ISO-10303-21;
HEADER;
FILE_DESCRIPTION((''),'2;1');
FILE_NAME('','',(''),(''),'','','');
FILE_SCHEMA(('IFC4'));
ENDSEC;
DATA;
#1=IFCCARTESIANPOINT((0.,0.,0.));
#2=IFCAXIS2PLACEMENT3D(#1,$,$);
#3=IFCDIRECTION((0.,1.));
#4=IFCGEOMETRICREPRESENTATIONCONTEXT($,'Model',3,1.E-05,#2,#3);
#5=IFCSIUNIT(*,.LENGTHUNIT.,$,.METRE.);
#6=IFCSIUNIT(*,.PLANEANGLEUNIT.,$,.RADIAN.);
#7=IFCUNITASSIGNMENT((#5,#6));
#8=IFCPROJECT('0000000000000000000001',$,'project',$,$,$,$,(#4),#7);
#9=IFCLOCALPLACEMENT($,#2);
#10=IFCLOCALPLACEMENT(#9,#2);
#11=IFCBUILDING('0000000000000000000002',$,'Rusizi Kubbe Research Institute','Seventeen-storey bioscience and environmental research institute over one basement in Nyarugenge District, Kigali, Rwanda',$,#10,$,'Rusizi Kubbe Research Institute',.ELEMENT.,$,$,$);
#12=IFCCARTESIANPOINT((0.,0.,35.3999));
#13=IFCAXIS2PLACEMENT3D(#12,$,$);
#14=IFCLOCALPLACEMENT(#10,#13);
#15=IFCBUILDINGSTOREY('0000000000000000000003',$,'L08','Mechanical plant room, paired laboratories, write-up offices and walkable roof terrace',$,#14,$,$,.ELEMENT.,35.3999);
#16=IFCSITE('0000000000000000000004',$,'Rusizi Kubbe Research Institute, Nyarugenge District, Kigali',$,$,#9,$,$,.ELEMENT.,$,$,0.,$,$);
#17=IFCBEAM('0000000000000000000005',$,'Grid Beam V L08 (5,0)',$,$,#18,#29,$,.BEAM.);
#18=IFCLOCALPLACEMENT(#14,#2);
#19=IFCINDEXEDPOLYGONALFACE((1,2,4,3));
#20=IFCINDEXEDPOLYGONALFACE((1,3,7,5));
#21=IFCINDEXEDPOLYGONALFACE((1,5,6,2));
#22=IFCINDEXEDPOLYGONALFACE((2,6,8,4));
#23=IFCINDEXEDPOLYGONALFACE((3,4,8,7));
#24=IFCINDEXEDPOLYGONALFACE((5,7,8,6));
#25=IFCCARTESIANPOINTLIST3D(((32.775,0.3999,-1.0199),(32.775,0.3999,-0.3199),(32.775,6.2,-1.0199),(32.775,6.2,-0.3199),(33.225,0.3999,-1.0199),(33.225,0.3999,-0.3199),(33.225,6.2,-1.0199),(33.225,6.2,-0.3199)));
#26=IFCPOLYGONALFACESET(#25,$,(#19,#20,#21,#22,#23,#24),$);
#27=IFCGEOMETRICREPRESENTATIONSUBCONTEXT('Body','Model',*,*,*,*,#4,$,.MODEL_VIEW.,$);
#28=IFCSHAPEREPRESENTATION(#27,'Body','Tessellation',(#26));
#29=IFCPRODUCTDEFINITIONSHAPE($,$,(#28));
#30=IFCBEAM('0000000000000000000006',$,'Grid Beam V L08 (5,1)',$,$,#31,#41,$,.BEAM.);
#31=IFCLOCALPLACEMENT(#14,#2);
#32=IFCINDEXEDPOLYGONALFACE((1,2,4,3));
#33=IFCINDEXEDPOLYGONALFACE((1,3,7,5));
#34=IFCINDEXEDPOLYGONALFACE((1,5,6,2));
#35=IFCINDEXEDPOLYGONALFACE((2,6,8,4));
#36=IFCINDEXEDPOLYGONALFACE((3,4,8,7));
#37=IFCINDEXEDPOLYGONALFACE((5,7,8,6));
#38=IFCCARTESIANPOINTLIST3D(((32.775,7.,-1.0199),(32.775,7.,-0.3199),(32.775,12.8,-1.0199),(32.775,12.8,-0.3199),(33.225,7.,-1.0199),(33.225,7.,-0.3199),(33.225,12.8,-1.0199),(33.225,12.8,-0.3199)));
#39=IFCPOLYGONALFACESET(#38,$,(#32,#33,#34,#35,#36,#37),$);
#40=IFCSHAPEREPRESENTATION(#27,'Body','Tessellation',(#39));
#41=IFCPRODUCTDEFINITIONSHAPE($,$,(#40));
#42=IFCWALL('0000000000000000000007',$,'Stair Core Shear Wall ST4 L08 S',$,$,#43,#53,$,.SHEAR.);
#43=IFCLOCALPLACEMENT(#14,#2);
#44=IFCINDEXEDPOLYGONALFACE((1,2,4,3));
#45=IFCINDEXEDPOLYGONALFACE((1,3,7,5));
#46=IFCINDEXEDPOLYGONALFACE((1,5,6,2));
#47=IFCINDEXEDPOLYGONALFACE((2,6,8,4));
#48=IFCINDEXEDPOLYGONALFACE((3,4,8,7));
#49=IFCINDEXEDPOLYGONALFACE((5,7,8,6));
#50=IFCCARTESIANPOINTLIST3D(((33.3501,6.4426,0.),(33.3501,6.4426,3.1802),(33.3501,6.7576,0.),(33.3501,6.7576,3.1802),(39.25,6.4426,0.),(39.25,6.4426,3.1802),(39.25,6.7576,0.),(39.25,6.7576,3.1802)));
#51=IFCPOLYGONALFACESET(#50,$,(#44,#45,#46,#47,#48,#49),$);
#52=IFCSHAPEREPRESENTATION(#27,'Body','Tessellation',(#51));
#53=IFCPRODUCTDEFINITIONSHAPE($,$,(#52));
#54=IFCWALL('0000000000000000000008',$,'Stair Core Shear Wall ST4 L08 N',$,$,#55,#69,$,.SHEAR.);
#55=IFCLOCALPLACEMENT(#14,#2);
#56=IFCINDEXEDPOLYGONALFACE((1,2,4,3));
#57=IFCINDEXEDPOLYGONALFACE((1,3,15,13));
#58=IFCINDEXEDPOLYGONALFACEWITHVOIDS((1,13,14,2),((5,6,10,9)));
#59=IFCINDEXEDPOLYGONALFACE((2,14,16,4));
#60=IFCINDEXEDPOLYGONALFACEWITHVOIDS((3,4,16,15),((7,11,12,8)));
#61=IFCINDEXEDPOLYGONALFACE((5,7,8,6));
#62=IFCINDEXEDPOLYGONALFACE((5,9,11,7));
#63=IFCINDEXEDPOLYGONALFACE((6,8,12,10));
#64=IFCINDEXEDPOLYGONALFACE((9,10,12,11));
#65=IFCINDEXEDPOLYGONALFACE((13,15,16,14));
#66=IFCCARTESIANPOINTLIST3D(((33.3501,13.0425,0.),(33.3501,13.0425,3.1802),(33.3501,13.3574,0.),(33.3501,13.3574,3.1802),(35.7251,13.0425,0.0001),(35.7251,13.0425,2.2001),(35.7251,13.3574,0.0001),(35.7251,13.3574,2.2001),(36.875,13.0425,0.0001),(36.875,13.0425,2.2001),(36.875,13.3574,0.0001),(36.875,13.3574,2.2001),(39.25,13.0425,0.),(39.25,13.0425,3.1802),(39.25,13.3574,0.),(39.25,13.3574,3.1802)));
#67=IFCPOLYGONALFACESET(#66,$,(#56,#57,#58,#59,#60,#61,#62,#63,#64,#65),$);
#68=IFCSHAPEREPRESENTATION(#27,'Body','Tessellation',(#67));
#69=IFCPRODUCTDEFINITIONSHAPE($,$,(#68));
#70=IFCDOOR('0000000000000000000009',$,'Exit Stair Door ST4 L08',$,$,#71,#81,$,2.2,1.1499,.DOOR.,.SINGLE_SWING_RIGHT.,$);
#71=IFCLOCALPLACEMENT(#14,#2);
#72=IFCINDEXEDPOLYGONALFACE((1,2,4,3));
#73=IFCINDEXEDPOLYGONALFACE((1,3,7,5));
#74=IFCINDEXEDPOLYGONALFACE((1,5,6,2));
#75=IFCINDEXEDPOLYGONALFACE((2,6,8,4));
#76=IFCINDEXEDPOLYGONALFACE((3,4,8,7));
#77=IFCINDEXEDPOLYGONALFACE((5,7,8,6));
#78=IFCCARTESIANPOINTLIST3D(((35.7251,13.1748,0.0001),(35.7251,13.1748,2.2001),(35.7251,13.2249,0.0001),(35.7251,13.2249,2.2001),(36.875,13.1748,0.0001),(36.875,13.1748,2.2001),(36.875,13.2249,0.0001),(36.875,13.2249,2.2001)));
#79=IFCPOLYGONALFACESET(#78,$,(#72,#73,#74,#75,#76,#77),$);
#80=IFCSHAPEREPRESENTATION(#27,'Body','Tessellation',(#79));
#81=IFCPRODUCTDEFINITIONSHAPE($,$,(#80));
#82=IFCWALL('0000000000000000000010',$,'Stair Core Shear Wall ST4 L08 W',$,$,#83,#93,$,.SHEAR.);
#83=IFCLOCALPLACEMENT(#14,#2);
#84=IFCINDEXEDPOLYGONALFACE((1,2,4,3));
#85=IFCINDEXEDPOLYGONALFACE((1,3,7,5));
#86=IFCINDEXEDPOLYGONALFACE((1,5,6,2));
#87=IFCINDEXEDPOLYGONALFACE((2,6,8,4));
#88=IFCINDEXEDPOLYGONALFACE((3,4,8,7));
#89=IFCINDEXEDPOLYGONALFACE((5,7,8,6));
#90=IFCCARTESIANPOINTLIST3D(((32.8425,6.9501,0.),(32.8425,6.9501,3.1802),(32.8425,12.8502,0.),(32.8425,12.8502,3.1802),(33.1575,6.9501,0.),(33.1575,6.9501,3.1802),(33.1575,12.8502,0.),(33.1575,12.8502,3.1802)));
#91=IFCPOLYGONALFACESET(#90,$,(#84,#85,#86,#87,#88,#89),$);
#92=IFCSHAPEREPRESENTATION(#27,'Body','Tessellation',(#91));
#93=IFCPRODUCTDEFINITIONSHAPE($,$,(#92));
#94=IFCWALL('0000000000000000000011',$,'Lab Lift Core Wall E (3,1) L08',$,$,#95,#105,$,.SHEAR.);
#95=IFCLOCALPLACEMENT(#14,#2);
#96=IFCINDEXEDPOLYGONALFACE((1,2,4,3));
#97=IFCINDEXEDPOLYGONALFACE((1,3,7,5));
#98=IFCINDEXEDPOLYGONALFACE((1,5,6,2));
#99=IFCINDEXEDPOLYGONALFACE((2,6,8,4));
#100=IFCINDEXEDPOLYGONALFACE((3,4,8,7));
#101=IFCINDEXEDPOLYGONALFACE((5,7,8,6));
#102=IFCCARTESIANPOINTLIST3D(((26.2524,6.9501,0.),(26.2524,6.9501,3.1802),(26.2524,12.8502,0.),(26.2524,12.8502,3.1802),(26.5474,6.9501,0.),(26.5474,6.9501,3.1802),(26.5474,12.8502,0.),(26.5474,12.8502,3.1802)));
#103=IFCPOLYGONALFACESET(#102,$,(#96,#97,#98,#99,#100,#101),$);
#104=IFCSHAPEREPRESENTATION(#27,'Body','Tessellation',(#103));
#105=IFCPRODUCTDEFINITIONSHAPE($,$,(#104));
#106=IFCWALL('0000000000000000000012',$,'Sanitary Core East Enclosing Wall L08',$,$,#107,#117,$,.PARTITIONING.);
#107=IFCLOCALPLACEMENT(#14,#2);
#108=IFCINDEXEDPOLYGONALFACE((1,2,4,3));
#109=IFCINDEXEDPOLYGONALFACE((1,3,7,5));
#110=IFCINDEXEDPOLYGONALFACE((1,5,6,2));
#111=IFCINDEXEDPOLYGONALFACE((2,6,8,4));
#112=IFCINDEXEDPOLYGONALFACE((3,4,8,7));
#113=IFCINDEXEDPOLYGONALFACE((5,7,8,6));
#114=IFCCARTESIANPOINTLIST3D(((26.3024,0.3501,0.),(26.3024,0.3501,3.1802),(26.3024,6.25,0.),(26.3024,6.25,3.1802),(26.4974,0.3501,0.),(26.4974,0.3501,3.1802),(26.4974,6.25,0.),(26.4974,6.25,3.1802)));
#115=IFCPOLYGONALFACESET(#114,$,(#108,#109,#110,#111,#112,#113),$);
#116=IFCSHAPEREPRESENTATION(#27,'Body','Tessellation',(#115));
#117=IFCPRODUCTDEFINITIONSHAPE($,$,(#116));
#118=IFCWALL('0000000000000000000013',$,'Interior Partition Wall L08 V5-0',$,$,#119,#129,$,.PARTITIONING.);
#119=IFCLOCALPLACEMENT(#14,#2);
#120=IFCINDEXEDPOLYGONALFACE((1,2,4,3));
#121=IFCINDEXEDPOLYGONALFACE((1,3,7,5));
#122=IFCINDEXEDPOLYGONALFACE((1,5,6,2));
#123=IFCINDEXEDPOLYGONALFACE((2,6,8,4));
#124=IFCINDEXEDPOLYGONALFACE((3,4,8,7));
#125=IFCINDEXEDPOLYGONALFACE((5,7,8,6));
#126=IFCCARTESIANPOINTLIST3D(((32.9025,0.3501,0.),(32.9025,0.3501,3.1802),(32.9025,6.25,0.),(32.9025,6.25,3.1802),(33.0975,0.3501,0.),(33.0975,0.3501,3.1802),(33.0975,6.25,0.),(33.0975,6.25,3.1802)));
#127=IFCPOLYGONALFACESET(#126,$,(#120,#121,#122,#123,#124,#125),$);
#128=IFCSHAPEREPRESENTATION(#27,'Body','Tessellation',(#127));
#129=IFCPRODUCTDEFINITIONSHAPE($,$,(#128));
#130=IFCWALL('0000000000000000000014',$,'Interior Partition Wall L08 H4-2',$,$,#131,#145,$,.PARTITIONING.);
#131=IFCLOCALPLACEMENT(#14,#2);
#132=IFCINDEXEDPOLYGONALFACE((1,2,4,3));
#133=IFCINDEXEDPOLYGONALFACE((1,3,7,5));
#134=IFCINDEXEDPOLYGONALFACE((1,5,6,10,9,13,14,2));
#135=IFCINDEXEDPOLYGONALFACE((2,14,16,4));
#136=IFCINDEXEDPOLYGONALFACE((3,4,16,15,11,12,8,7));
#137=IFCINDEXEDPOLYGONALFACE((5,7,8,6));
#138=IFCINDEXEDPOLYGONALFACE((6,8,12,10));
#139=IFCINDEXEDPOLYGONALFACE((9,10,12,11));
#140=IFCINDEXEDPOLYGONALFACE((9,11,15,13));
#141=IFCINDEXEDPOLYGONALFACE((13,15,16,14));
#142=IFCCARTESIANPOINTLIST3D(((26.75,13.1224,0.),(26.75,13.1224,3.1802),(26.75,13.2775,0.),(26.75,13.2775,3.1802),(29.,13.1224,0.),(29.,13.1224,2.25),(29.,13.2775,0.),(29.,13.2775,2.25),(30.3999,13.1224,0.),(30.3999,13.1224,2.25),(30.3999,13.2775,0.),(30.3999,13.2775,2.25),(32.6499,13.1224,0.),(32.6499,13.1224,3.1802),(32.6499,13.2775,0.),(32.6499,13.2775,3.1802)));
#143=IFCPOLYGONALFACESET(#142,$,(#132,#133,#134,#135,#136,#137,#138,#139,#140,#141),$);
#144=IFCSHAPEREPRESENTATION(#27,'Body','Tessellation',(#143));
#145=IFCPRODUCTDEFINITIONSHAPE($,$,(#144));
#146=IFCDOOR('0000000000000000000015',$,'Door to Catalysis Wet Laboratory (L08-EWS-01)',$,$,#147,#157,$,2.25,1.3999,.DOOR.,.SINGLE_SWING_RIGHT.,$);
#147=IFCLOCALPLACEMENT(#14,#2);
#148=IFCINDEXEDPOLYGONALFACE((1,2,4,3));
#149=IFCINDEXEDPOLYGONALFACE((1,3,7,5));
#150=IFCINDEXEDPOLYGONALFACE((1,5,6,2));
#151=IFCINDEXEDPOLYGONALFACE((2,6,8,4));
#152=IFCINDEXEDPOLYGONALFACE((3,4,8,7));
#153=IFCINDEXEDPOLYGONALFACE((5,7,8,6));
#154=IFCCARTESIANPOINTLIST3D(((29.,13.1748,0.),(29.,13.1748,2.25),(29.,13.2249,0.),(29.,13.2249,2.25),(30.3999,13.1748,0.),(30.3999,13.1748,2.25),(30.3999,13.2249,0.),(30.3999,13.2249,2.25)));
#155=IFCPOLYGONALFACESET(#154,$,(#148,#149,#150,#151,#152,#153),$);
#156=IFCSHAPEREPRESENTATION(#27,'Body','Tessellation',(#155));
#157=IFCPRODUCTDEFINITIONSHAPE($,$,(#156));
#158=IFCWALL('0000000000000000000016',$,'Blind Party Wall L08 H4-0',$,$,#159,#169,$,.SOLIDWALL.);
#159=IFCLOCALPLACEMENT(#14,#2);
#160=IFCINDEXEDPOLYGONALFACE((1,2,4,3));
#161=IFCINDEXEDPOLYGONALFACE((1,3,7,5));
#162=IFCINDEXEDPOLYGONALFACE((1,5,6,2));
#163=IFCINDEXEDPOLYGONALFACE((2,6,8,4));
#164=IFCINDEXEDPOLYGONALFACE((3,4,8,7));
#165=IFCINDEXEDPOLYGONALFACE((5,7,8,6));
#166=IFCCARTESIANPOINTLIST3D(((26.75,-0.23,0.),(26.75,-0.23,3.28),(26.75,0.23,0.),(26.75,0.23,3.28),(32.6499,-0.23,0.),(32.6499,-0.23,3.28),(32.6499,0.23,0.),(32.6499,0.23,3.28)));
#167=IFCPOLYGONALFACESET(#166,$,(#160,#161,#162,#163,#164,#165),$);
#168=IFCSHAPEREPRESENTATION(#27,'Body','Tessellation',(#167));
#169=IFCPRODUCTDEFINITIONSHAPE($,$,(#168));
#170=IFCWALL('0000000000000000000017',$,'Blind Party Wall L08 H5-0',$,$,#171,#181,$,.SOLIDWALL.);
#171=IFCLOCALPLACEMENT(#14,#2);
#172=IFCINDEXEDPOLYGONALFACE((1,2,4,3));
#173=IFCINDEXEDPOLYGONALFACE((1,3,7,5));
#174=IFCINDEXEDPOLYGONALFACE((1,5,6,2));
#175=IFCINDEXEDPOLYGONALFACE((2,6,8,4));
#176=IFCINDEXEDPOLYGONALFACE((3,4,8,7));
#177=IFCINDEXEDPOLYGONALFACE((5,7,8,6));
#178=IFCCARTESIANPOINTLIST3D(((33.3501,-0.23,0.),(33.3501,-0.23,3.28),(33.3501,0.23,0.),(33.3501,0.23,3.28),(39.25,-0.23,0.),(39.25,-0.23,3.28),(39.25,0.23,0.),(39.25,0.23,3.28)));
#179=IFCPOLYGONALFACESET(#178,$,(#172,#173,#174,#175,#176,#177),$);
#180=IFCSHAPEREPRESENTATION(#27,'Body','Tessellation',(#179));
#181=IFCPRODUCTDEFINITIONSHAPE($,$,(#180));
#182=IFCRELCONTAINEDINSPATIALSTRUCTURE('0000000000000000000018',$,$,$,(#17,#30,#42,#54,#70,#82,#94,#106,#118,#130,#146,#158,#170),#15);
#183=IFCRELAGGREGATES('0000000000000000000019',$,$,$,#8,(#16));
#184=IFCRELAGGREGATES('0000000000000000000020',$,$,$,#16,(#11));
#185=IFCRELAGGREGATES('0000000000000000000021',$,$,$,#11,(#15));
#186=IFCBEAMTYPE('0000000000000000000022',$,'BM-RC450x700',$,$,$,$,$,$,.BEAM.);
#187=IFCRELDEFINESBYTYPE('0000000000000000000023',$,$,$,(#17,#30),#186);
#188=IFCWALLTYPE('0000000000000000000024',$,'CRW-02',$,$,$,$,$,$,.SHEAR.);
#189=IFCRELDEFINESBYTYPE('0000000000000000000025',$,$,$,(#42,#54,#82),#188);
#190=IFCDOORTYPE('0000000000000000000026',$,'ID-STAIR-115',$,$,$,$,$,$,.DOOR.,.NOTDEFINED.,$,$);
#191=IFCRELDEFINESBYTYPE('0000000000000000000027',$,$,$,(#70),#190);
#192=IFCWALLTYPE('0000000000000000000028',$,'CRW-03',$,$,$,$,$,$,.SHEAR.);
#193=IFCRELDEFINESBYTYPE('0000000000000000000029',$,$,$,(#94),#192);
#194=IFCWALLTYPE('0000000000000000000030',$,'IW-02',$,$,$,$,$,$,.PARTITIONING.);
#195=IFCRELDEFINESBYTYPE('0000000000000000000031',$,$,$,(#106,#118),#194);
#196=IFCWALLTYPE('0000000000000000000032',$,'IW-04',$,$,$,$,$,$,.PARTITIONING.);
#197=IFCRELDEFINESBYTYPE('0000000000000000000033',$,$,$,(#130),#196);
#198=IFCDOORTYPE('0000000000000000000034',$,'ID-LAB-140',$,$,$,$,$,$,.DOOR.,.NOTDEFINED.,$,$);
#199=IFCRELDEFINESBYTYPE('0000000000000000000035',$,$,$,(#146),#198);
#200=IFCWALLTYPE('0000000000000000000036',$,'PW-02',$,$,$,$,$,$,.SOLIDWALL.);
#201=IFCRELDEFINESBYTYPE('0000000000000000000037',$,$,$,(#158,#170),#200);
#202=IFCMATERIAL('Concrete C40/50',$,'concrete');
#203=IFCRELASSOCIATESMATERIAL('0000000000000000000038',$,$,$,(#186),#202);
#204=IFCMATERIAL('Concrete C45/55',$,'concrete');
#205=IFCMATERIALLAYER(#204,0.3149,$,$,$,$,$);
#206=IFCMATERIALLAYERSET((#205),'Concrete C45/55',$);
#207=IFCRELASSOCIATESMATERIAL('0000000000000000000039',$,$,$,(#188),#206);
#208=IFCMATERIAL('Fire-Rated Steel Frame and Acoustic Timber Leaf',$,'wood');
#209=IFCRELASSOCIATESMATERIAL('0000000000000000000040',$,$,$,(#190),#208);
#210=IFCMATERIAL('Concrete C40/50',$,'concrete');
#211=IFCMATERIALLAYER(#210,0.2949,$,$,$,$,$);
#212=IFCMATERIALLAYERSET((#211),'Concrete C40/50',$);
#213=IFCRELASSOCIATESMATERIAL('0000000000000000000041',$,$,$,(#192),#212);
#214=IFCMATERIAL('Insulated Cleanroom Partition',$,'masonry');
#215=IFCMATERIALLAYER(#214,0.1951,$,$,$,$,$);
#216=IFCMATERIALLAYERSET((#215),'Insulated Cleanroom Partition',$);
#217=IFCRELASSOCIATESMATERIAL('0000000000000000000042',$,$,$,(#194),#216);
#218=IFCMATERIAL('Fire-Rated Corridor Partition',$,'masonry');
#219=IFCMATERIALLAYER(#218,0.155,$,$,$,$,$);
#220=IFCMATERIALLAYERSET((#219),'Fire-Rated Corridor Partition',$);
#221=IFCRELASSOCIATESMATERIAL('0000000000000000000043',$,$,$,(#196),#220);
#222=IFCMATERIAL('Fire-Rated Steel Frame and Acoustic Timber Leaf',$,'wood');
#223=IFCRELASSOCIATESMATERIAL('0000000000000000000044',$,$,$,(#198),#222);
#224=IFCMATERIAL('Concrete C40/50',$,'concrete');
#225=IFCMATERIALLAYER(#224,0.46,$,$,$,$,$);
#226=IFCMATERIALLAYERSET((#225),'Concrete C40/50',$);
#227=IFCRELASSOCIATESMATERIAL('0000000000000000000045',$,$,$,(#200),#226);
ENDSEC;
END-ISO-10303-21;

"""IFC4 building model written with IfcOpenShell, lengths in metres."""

from ifc_helpers import new_model, si_unit, direction, frame, frame_2d, origin, origin_2d, place, context, subcontext, project, spatial, rectangle, extrude, material, layer, layer_set, material_profile, profile_set, type_object, element, fill, save


model = new_model("IFC4")

# Units and contexts
model_context = context("Model", 3, precision=1e-05, world=origin(), true_north=direction((0.0, 1.0)))
body_context = subcontext(model_context, "Body", "Model", "MODEL_VIEW")
ifc_project = project(units=[si_unit("LENGTHUNIT", "METRE"), si_unit("PLANEANGLEUNIT", "RADIAN")], contexts=[model_context])

# Site, building, storey
site_placement = place(None, origin())
site = spatial("IfcSite", under=ifc_project, at=site_placement, Name="Rusizi Kubbe Research Institute, Nyarugenge District, Kigali", CompositionType="ELEMENT", RefElevation=0.0)
building_placement = place(site_placement, origin())
building = spatial("IfcBuilding", under=site, at=building_placement, Name="Rusizi Kubbe Research Institute", Description="Seventeen-storey bioscience and environmental research institute over one basement in Nyarugenge District, Kigali, Rwanda", LongName="Rusizi Kubbe Research Institute", CompositionType="ELEMENT")
storey_placement = place(building_placement, frame((0.0, 0.0, 35.3999)))
storey = spatial("IfcBuildingStorey", under=building, at=storey_placement, Name="L08", Description="Mechanical plant room, paired laboratories, write-up offices and walkable roof terrace", CompositionType="ELEMENT", Elevation=35.3999)

# Beams
ifc_material_1 = material(Name="Concrete C40/50", Category="concrete")
ifc_material_profile_1 = material_profile(ifc_material_1, rectangle(XDim=0.45, YDim=0.7, at=origin_2d()), Name="RC450x700B")
ifc_profile_set_1 = profile_set([ifc_material_profile_1], Name="Concrete C40/50")
beam_type_1 = type_object("IfcBeamType", Name="BM-RC450x700", PredefinedType="BEAM", material=ifc_profile_set_1)
for number, where, z_axis, x_axis, name in (
    (1, (33.0, 0.3999, -0.6699), (0.0, 1.0, 0.0), (-1.0, 0.0, 0.0), "Grid Beam V L08 (5,0)"),
    (2, (33.0, 7.0, -0.6699), (0.0, 1.0, 0.0), (-1.0, 0.0, 0.0), "Grid Beam V L08 (5,1)"),
):
    element("IfcBeam", number, at=place(storey_placement, frame(where, z_axis=z_axis, x_axis=x_axis)), inside=storey, type_object=beam_type_1, Name=name, PredefinedType="BEAM", context=body_context, shape_type="SweptSolid", body=[
        extrude(rectangle(XDim=0.45, YDim=0.7, at=origin_2d()), origin(), (0.0, 0.0, 1.0), 5.8),
    ])

# Wall
ifc_material_2 = material(Name="Concrete C45/55", Category="concrete")
ifc_layer_1 = layer(ifc_material_2, 0.3149)
ifc_layer_set_1 = layer_set([ifc_layer_1], Name="Concrete C45/55")
wall_type_1 = type_object("IfcWallType", Name="CRW-02", PredefinedType="SHEAR", material=ifc_layer_set_1)
wall_1_placement = place(storey_placement, frame((33.3501, 6.6001, 0.0), z_axis=(0.0, 0.0, 1.0), x_axis=(1.0, 0.0, 0.0)))
element("IfcWall", 3, at=wall_1_placement, inside=storey, type_object=wall_type_1, Name="Stair Core Shear Wall ST4 L08 S", PredefinedType="SHEAR", context=body_context, shape_type="SweptSolid", body=[
    extrude(rectangle(XDim=5.8999, YDim=0.3149, at=frame_2d((2.95, 0.0))), origin(), (0.0, 0.0, 1.0), 3.1802),
])

# Wall, opening, door
wall_2_placement = place(storey_placement, frame((33.3501, 13.2, 0.0), z_axis=(0.0, 0.0, 1.0), x_axis=(1.0, 0.0, 0.0)))
wall_2 = element("IfcWall", 4, at=wall_2_placement, inside=storey, type_object=wall_type_1, Name="Stair Core Shear Wall ST4 L08 N", PredefinedType="SHEAR", context=body_context, shape_type="SweptSolid", body=[
    extrude(rectangle(XDim=5.8999, YDim=0.3149, at=frame_2d((2.95, 0.0))), origin(), (0.0, 0.0, 1.0), 3.1802),
])
opening_1_placement = place(wall_2_placement, frame((2.375, 0.0, 0.0)))
opening_1 = element("IfcOpeningElement", 5, at=opening_1_placement, cuts=wall_2, PredefinedType="OPENING", context=body_context, shape_type="SweptSolid", body=[
    extrude(rectangle(XDim=1.1499, YDim=2.2, at=frame_2d((0.575, 1.1001))), frame((0.0, 0.1675, 0.0), z_axis=(0.0, -1.0, 0.0), x_axis=(1.0, 0.0, 0.0)), (0.0, 0.0, 1.0), 0.335),
])
ifc_material_3 = material(Name="Fire-Rated Steel Frame and Acoustic Timber Leaf", Category="wood")
door_type_1 = type_object("IfcDoorType", Name="ID-STAIR-115", OperationType="NOTDEFINED", PredefinedType="DOOR", material=ifc_material_3)
door_1_placement = place(opening_1_placement, origin())
door_1 = element("IfcDoor", 6, at=door_1_placement, inside=storey, type_object=door_type_1, Name="Exit Stair Door ST4 L08", OperationType="SINGLE_SWING_RIGHT", OverallHeight=2.2, OverallWidth=1.1499, PredefinedType="DOOR", context=body_context, shape_type="SweptSolid", body=[
    extrude(rectangle(XDim=1.1499, YDim=2.2, at=frame_2d((0.575, 1.1001))), frame((0.0, 0.0249, 0.0), z_axis=(0.0, -1.0, 0.0), x_axis=(1.0, 0.0, 0.0)), (0.0, 0.0, 1.0), 0.05),
])
fill(opening_1, door_1)

# Walls
wall_3_placement = place(storey_placement, frame((33.0, 6.95, 0.0), z_axis=(0.0, 0.0, 1.0), x_axis=(0.0, 1.0, 0.0)))
element("IfcWall", 7, at=wall_3_placement, inside=storey, type_object=wall_type_1, Name="Stair Core Shear Wall ST4 L08 W", PredefinedType="SHEAR", context=body_context, shape_type="SweptSolid", body=[
    extrude(rectangle(XDim=5.9001, YDim=0.3149, at=frame_2d((2.9502, 0.0))), origin(), (0.0, 0.0, 1.0), 3.1802),
])
ifc_material_4 = material(Name="Concrete C40/50", Category="concrete")
ifc_layer_2 = layer(ifc_material_4, 0.2949)
ifc_layer_set_2 = layer_set([ifc_layer_2], Name="Concrete C40/50")
wall_type_2 = type_object("IfcWallType", Name="CRW-03", PredefinedType="SHEAR", material=ifc_layer_set_2)
wall_4_placement = place(storey_placement, frame((26.3999, 6.95, 0.0), z_axis=(0.0, 0.0, 1.0), x_axis=(0.0, 1.0, 0.0)))
element("IfcWall", 8, at=wall_4_placement, inside=storey, type_object=wall_type_2, Name="Lab Lift Core Wall E (3,1) L08", PredefinedType="SHEAR", context=body_context, shape_type="SweptSolid", body=[
    extrude(rectangle(XDim=5.9001, YDim=0.2949, at=frame_2d((2.9502, 0.0))), origin(), (0.0, 0.0, 1.0), 3.1802),
])
ifc_material_5 = material(Name="Insulated Cleanroom Partition", Category="masonry")
ifc_layer_3 = layer(ifc_material_5, 0.1951)
ifc_layer_set_3 = layer_set([ifc_layer_3], Name="Insulated Cleanroom Partition")
wall_type_3 = type_object("IfcWallType", Name="IW-02", PredefinedType="PARTITIONING", material=ifc_layer_set_3)
for number, where, z_axis, x_axis, name in (
    (9, (26.3999, 0.3501, 0.0), (0.0, 0.0, 1.0), (0.0, 1.0, 0.0), "Sanitary Core East Enclosing Wall L08"),
    (10, (33.0, 0.3501, 0.0), (0.0, 0.0, 1.0), (0.0, 1.0, 0.0), "Interior Partition Wall L08 V5-0"),
):
    element("IfcWall", number, at=place(storey_placement, frame(where, z_axis=z_axis, x_axis=x_axis)), inside=storey, type_object=wall_type_3, Name=name, PredefinedType="PARTITIONING", context=body_context, shape_type="SweptSolid", body=[
        extrude(rectangle(XDim=5.8999, YDim=0.1951, at=frame_2d((2.95, 0.0))), origin(), (0.0, 0.0, 1.0), 3.1802),
    ])

# Wall, opening, door
ifc_material_6 = material(Name="Fire-Rated Corridor Partition", Category="masonry")
ifc_layer_4 = layer(ifc_material_6, 0.155)
ifc_layer_set_4 = layer_set([ifc_layer_4], Name="Fire-Rated Corridor Partition")
wall_type_4 = type_object("IfcWallType", Name="IW-04", PredefinedType="PARTITIONING", material=ifc_layer_set_4)
wall_5_placement = place(storey_placement, frame((26.75, 13.2, 0.0), z_axis=(0.0, 0.0, 1.0), x_axis=(1.0, 0.0, 0.0)))
wall_5 = element("IfcWall", 11, at=wall_5_placement, inside=storey, type_object=wall_type_4, Name="Interior Partition Wall L08 H4-2", PredefinedType="PARTITIONING", context=body_context, shape_type="SweptSolid", body=[
    extrude(rectangle(XDim=5.8999, YDim=0.155, at=frame_2d((2.95, 0.0))), origin(), (0.0, 0.0, 1.0), 3.1802),
])
opening_2_placement = place(wall_5_placement, frame((2.25, 0.0, 0.0)))
opening_2 = element("IfcOpeningElement", 12, at=opening_2_placement, cuts=wall_5, PredefinedType="OPENING", context=body_context, shape_type="SweptSolid", body=[
    extrude(rectangle(XDim=1.3999, YDim=2.25, at=frame_2d((0.7, 1.125))), frame((0.0, 0.0874, 0.0), z_axis=(0.0, -1.0, 0.0), x_axis=(1.0, 0.0, 0.0)), (0.0, 0.0, 1.0), 0.175),
])
ifc_material_7 = material(Name="Fire-Rated Steel Frame and Acoustic Timber Leaf", Category="wood")
door_type_2 = type_object("IfcDoorType", Name="ID-LAB-140", OperationType="NOTDEFINED", PredefinedType="DOOR", material=ifc_material_7)
door_2_placement = place(opening_2_placement, origin())
door_2 = element("IfcDoor", 13, at=door_2_placement, inside=storey, type_object=door_type_2, Name="Door to Catalysis Wet Laboratory (L08-EWS-01)", OperationType="SINGLE_SWING_RIGHT", OverallHeight=2.25, OverallWidth=1.3999, PredefinedType="DOOR", context=body_context, shape_type="SweptSolid", body=[
    extrude(rectangle(XDim=1.3999, YDim=2.25, at=frame_2d((0.7, 1.125))), frame((0.0, 0.0249, 0.0), z_axis=(0.0, -1.0, 0.0), x_axis=(1.0, 0.0, 0.0)), (0.0, 0.0, 1.0), 0.05),
])
fill(opening_2, door_2)

# Walls
ifc_material_8 = material(Name="Concrete C40/50", Category="concrete")
ifc_layer_5 = layer(ifc_material_8, 0.46)
ifc_layer_set_5 = layer_set([ifc_layer_5], Name="Concrete C40/50")
wall_type_5 = type_object("IfcWallType", Name="PW-02", PredefinedType="SOLIDWALL", material=ifc_layer_set_5)
for number, where, z_axis, x_axis, name in (
    (14, (26.75, 0.0, 0.0), (0.0, 0.0, 1.0), (1.0, 0.0, 0.0), "Blind Party Wall L08 H4-0"),
    (15, (33.3501, 0.0, 0.0), (0.0, 0.0, 1.0), (1.0, 0.0, 0.0), "Blind Party Wall L08 H5-0"),
):
    element("IfcWall", number, at=place(storey_placement, frame(where, z_axis=z_axis, x_axis=x_axis)), inside=storey, type_object=wall_type_5, Name=name, PredefinedType="SOLIDWALL", context=body_context, shape_type="SweptSolid", body=[
        extrude(rectangle(XDim=5.8999, YDim=0.46, at=frame_2d((2.95, 0.0))), origin(), (0.0, 0.0, 1.0), 3.28),
    ])

save(model, "model.ifc")
